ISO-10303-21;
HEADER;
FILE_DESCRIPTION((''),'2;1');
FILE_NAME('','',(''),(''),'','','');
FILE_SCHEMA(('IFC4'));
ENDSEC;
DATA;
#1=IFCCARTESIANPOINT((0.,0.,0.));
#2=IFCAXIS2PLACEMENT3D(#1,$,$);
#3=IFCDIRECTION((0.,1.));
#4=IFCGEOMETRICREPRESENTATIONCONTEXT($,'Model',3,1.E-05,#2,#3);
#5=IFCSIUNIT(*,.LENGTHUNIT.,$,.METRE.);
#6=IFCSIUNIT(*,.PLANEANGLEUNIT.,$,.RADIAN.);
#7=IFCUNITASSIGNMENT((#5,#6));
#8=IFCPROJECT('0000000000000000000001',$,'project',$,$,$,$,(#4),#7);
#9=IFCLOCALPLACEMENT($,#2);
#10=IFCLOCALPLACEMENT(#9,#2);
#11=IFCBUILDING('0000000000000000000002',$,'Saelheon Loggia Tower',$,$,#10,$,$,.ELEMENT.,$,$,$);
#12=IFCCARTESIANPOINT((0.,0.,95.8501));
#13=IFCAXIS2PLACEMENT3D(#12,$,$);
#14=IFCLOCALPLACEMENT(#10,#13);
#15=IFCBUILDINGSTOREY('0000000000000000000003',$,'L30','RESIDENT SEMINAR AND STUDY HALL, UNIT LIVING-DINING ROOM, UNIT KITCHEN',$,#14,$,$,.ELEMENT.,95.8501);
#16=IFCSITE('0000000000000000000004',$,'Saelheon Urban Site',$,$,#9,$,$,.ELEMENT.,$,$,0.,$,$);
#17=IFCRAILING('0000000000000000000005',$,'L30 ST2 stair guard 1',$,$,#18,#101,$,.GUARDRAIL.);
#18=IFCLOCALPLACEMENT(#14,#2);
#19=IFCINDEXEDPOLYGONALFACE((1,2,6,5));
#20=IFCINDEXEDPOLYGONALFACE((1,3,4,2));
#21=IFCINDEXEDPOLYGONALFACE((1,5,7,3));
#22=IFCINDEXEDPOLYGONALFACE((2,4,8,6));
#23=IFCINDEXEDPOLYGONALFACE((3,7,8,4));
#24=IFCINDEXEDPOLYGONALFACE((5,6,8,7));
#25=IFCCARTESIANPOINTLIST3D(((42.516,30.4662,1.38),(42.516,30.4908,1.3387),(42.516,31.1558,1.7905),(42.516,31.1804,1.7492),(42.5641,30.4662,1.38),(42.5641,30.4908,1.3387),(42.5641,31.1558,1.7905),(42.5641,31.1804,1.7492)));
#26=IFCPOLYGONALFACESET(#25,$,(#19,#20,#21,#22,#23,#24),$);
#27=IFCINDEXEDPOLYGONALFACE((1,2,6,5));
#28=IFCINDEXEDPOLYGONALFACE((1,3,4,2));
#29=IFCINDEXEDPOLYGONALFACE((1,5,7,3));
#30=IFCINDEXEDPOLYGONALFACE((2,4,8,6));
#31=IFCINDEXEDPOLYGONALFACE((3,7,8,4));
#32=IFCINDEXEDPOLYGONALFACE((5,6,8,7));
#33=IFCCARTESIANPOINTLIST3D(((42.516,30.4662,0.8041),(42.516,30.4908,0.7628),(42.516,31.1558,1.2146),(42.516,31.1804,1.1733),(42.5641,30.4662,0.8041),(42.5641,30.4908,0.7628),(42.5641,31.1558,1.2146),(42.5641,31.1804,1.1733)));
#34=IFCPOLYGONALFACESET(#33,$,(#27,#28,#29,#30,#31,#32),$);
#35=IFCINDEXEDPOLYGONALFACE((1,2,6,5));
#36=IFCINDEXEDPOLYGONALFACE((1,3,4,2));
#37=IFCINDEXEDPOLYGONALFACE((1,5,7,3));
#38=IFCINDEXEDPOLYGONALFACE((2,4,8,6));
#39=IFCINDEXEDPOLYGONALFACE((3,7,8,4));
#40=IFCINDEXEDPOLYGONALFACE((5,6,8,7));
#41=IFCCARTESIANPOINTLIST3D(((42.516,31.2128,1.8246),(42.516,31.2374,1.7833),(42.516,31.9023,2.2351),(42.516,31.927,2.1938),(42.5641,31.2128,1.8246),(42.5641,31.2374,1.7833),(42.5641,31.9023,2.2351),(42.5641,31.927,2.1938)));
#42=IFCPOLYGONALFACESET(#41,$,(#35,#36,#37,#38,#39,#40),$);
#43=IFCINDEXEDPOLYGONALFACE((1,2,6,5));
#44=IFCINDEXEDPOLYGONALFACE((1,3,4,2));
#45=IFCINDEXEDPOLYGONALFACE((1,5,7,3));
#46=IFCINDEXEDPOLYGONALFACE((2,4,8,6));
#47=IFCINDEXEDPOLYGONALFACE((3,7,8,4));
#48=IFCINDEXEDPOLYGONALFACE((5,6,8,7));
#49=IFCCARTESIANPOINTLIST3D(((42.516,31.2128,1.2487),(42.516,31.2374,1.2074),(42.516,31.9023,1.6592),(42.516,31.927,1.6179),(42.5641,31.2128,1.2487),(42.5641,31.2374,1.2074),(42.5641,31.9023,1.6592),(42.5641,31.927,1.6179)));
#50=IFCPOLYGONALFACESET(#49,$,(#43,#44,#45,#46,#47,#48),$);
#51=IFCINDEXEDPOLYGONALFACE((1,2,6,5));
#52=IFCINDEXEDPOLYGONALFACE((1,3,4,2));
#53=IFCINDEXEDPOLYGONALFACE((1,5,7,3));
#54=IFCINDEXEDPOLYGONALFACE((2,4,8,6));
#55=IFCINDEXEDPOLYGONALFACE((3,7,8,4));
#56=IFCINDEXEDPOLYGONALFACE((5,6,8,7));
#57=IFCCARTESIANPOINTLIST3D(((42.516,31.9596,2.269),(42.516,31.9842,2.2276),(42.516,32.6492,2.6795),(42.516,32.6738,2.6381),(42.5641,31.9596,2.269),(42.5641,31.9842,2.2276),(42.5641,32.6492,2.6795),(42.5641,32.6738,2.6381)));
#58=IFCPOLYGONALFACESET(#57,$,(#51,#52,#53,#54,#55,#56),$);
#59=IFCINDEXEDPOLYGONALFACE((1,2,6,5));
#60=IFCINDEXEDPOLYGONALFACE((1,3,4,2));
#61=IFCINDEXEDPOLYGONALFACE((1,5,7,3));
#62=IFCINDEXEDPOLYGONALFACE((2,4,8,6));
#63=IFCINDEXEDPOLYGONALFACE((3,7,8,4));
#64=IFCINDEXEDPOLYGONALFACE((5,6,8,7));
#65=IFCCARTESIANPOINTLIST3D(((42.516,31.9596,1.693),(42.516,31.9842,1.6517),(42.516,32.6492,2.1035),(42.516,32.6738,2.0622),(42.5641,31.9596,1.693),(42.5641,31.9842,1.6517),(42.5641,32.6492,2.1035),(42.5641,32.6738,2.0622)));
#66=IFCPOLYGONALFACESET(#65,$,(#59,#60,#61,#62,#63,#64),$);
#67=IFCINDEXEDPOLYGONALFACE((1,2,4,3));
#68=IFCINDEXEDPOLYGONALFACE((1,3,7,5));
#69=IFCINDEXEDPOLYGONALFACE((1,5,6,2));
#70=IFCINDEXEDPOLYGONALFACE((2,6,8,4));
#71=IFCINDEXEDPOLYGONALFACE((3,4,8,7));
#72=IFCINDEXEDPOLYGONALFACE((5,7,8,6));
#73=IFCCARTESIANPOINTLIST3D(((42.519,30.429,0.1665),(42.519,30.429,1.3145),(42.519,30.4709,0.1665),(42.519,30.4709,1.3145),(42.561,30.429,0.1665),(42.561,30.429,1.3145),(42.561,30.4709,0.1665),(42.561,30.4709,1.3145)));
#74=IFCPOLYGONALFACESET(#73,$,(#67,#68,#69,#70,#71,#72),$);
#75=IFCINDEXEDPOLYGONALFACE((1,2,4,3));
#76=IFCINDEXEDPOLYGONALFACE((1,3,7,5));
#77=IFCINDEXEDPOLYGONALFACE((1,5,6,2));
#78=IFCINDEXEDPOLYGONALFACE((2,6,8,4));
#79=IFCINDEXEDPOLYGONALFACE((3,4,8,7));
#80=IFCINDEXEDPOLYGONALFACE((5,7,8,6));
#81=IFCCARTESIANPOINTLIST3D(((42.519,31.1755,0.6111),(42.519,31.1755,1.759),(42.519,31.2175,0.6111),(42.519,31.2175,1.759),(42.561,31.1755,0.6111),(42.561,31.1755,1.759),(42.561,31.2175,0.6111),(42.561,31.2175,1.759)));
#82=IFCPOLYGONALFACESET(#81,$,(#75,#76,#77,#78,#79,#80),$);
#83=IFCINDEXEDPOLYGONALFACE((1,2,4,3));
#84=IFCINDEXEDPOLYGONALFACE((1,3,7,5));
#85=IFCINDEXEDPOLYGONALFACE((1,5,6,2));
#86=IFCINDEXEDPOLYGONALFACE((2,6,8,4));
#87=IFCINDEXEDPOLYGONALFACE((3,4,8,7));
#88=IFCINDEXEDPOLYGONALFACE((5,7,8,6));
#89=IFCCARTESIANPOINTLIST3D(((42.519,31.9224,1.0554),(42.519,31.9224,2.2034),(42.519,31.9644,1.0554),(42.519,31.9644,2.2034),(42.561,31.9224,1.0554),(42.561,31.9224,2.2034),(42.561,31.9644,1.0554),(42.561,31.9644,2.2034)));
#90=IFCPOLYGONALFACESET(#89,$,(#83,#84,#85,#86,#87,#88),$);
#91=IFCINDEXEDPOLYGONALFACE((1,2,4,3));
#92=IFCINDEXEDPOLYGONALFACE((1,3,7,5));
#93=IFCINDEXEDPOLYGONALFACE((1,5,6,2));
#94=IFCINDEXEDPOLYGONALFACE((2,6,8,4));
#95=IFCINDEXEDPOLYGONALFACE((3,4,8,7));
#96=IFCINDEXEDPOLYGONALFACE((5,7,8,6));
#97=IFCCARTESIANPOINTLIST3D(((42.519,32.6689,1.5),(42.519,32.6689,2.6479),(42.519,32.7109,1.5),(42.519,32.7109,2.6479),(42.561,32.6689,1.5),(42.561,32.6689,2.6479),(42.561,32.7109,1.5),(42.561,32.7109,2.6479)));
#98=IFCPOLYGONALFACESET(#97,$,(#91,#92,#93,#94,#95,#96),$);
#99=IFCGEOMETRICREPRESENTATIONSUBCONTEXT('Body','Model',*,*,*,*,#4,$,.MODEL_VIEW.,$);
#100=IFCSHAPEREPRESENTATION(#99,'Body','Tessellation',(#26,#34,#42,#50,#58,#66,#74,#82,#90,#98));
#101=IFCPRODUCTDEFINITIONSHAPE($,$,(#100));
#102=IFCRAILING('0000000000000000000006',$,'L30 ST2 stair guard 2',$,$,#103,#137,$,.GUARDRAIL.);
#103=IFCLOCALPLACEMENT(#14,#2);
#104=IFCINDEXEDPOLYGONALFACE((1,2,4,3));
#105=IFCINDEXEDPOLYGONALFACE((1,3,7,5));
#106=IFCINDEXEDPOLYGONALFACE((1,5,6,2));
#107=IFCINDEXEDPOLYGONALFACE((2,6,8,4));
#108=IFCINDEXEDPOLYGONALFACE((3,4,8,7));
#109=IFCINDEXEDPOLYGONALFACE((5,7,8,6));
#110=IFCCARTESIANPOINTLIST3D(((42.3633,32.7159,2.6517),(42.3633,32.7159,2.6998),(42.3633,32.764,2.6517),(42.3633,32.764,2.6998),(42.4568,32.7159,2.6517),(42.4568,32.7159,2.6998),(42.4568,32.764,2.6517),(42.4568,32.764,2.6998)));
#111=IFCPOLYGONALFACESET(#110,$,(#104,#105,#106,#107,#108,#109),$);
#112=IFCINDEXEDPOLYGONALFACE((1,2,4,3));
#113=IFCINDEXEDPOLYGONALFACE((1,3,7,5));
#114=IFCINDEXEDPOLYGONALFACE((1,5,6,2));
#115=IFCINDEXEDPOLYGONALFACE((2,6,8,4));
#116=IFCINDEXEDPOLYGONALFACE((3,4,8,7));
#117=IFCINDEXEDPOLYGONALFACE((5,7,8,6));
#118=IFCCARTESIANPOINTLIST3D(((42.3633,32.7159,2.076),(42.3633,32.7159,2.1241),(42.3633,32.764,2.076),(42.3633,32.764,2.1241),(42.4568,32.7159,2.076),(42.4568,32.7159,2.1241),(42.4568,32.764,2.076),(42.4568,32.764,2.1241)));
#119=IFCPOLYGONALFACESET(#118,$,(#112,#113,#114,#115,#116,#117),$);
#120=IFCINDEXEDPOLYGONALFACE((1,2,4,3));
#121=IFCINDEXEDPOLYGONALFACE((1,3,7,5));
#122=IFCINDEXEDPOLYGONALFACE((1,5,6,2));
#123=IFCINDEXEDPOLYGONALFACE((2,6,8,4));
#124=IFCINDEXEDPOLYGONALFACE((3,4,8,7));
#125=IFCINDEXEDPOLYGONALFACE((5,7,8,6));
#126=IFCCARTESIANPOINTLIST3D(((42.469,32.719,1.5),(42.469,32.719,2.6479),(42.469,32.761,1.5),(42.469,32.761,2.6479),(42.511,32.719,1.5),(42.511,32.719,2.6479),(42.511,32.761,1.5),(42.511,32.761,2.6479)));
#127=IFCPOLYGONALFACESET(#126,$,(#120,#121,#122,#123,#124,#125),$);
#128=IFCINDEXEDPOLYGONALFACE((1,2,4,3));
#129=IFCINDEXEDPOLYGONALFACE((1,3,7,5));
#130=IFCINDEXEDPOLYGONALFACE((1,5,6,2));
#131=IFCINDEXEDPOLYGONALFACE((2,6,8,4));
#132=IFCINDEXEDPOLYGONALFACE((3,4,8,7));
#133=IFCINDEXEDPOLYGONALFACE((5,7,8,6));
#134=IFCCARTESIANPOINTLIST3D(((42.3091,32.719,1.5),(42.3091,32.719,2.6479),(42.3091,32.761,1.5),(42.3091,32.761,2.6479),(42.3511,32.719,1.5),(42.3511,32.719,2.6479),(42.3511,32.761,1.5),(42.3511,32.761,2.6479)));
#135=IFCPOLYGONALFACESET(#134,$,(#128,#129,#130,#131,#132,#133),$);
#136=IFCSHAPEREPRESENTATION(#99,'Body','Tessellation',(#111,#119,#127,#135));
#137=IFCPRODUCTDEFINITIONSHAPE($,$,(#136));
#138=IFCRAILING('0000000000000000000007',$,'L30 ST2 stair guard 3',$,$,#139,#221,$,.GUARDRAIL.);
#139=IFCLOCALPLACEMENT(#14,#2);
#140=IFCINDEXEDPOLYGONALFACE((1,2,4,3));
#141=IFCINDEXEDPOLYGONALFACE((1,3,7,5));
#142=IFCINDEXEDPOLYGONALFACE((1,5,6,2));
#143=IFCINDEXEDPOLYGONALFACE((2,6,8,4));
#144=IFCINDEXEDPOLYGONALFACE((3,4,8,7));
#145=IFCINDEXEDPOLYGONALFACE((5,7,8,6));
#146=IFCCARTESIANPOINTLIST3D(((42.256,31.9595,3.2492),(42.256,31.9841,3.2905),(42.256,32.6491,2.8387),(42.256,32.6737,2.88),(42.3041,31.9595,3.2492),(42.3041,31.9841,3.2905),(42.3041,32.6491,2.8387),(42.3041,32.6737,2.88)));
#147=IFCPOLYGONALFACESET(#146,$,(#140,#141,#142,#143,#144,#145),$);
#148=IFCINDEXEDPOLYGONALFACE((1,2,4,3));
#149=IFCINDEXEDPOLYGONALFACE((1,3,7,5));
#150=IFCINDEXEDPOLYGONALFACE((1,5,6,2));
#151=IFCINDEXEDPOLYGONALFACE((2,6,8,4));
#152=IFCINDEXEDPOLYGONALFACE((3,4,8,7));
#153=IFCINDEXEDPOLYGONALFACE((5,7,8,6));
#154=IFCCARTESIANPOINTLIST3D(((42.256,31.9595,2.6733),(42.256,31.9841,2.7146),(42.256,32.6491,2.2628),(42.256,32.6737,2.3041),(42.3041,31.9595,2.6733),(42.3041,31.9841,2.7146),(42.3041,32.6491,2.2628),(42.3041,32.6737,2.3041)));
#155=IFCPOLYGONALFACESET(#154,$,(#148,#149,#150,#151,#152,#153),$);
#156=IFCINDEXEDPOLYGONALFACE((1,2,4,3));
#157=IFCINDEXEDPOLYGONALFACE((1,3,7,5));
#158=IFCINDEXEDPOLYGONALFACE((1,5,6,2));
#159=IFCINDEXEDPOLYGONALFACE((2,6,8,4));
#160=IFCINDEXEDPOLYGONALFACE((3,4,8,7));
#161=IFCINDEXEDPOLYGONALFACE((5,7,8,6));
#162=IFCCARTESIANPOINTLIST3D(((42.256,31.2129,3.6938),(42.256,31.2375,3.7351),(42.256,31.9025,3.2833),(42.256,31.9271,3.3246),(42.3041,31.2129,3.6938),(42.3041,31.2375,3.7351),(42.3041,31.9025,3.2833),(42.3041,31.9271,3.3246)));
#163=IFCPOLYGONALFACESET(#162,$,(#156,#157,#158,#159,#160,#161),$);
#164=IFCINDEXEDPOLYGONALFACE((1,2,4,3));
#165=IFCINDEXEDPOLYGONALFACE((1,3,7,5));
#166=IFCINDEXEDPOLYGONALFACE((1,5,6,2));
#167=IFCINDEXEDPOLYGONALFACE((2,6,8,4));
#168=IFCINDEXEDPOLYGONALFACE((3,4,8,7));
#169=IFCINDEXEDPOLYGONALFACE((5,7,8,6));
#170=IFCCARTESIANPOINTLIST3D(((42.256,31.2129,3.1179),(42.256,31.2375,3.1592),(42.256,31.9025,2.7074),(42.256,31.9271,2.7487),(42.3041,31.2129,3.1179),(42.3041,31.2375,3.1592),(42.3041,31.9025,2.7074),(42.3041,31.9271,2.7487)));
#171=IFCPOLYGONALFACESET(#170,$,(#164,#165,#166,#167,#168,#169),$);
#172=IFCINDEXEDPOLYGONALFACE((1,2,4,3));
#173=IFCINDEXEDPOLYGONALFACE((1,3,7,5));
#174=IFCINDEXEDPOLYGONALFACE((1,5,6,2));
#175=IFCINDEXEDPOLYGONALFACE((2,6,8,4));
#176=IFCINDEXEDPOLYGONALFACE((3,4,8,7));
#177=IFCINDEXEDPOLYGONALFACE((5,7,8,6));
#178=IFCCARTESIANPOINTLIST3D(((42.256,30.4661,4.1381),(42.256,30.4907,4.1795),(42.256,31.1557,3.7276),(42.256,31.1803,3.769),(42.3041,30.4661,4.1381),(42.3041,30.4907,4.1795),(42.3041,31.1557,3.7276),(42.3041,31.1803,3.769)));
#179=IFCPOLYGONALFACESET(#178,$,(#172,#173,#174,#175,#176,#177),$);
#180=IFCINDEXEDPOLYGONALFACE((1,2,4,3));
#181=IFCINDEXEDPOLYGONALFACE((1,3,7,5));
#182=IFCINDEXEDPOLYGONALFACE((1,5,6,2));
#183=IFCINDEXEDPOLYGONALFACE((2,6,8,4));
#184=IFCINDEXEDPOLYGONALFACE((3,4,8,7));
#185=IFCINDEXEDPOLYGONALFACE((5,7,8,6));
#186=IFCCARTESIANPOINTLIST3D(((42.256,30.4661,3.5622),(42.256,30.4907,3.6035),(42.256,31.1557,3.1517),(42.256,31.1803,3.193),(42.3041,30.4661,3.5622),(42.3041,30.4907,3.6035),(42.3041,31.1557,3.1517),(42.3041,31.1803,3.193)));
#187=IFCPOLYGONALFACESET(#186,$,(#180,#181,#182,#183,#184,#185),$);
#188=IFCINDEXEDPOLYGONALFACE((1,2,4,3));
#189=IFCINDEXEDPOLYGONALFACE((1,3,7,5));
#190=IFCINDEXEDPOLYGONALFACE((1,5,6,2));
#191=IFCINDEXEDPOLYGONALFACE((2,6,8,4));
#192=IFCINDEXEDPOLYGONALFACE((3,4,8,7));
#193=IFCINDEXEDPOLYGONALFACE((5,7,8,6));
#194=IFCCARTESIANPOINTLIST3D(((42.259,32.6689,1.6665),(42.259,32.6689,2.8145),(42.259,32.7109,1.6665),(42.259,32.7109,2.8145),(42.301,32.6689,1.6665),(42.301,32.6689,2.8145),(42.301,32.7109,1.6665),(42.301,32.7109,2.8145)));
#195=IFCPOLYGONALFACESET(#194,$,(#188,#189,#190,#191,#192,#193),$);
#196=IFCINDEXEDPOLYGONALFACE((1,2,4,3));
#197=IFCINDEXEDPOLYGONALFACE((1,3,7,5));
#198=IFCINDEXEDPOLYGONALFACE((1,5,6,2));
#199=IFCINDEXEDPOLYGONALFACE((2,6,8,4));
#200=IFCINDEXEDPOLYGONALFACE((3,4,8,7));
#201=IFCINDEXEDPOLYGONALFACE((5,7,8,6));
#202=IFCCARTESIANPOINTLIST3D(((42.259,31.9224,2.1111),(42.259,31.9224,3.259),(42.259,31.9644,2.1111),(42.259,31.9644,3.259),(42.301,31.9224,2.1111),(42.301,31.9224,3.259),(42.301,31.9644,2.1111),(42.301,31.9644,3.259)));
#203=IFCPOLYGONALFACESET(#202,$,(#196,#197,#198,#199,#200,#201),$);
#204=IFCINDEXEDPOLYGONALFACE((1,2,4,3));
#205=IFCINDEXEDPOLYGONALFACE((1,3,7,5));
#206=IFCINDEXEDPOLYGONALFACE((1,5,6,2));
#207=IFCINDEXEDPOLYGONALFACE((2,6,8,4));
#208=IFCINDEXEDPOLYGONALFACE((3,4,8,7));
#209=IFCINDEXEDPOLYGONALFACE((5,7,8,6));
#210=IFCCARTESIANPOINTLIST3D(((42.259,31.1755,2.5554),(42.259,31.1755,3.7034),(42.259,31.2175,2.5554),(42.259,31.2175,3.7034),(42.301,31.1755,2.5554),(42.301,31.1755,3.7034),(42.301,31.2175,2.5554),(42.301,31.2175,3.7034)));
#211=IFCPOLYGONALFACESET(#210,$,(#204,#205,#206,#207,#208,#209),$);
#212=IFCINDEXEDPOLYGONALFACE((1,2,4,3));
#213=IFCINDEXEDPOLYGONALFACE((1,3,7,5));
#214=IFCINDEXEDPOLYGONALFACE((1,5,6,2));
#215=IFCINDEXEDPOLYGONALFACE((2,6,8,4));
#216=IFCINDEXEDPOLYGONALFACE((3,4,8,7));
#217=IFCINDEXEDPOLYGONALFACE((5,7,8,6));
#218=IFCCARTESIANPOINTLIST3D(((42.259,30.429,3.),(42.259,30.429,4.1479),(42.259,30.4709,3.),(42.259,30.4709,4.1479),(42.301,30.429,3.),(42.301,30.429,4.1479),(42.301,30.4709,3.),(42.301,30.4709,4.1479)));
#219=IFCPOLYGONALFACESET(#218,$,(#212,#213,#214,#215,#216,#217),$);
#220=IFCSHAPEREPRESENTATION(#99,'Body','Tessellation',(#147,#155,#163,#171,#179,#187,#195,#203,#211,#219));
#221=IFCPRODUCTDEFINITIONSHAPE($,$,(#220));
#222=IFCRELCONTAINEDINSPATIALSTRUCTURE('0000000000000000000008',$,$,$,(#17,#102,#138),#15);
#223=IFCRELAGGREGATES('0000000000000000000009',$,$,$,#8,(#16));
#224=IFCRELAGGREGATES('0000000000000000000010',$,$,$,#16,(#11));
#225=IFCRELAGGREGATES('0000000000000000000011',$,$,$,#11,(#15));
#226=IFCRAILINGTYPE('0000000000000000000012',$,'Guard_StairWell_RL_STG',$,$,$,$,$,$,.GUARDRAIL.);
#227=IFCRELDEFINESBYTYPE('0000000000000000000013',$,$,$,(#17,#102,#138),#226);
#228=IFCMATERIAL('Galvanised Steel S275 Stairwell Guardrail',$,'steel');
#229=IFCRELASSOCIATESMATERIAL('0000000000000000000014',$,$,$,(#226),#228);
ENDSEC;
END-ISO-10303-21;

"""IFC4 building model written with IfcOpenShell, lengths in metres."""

from ifc_helpers import new_model, si_unit, direction, frame, origin, origin_2d, place, context, subcontext, project, spatial, rectangle, extrude, material, type_object, element, save


model = new_model("IFC4")

# Units and contexts
model_context = context("Model", 3, precision=1e-05, world=origin(), true_north=direction((0.0, 1.0)))
body_context = subcontext(model_context, "Body", "Model", "MODEL_VIEW")
ifc_project = project(units=[si_unit("LENGTHUNIT", "METRE"), si_unit("PLANEANGLEUNIT", "RADIAN")], contexts=[model_context])

# Site, building, storey
site_placement = place(None, origin())
site = spatial("IfcSite", under=ifc_project, at=site_placement, Name="Saelheon Urban Site", CompositionType="ELEMENT", RefElevation=0.0)
building_placement = place(site_placement, origin())
building = spatial("IfcBuilding", under=site, at=building_placement, Name="Saelheon Loggia Tower", CompositionType="ELEMENT")
storey_placement = place(building_placement, frame((0.0, 0.0, 95.8501)))
storey = spatial("IfcBuildingStorey", under=building, at=storey_placement, Name="L30", Description="RESIDENT SEMINAR AND STUDY HALL, UNIT LIVING-DINING ROOM, UNIT KITCHEN", CompositionType="ELEMENT", Elevation=95.8501)

# Railings
ifc_material_1 = material(Name="Galvanised Steel S275 Stairwell Guardrail", Category="steel")
railing_type_1 = type_object("IfcRailingType", Name="Guard_StairWell_RL_STG", PredefinedType="GUARDRAIL", material=ifc_material_1)
railing_1_placement = place(storey_placement, frame((42.54, 30.45, 0.1665)))
element("IfcRailing", 1, at=railing_1_placement, inside=storey, type_object=railing_type_1, Name="L30 ST2 stair guard 1", PredefinedType="GUARDRAIL", context=body_context, shape_type="SweptSolid", body=[
    extrude(rectangle(XDim=0.0481, YDim=0.0481, at=origin_2d()), frame((0.0, 0.0286, 1.1929), z_axis=(0.0, 0.859264, 0.511532), x_axis=(-1.0, 0.0, 0.0)), (0.0, 0.0, 1.0), 0.8025),
    extrude(rectangle(XDim=0.0481, YDim=0.0481, at=origin_2d()), frame((0.0, 0.0286, 0.6169), z_axis=(0.0, 0.859264, 0.511532), x_axis=(-1.0, 0.0, 0.0)), (0.0, 0.0, 1.0), 0.8025),
    extrude(rectangle(XDim=0.0481, YDim=0.0481, at=origin_2d()), frame((0.0, 0.7751, 1.6375), z_axis=(0.0, 0.859264, 0.511532), x_axis=(-1.0, 0.0, 0.0)), (0.0, 0.0, 1.0), 0.8025),
    extrude(rectangle(XDim=0.0481, YDim=0.0481, at=origin_2d()), frame((0.0, 0.7751, 1.0615), z_axis=(0.0, 0.859264, 0.511532), x_axis=(-1.0, 0.0, 0.0)), (0.0, 0.0, 1.0), 0.8025),
    extrude(rectangle(XDim=0.0481, YDim=0.0481, at=origin_2d()), frame((0.0, 1.522, 2.0818), z_axis=(0.0, 0.859264, 0.511532), x_axis=(-1.0, 0.0, 0.0)), (0.0, 0.0, 1.0), 0.8025),
    extrude(rectangle(XDim=0.0481, YDim=0.0481, at=origin_2d()), frame((0.0, 1.522, 1.5059), z_axis=(0.0, 0.859264, 0.511532), x_axis=(-1.0, 0.0, 0.0)), (0.0, 0.0, 1.0), 0.8025),
    extrude(rectangle(XDim=0.042, YDim=0.042, at=origin_2d()), origin(), (0.0, 0.0, 1.0), 1.1479),
    extrude(rectangle(XDim=0.042, YDim=0.042, at=origin_2d()), frame((0.0, 0.7466, 0.4446)), (0.0, 0.0, 1.0), 1.1479),
    extrude(rectangle(XDim=0.042, YDim=0.042, at=origin_2d()), frame((0.0, 1.4934, 0.8889)), (0.0, 0.0, 1.0), 1.1479),
    extrude(rectangle(XDim=0.042, YDim=0.042, at=origin_2d()), frame((0.0, 2.24, 1.3335)), (0.0, 0.0, 1.0), 1.1479),
])
railing_2_placement = place(storey_placement, frame((42.49, 32.74, 1.5)))
element("IfcRailing", 2, at=railing_2_placement, inside=storey, type_object=railing_type_1, Name="L30 ST2 stair guard 2", PredefinedType="GUARDRAIL", context=body_context, shape_type="SweptSolid", body=[
    extrude(rectangle(XDim=0.0481, YDim=0.0481, at=origin_2d()), frame((-0.0332, 0.0, 1.1758), z_axis=(-1.0, 0.0, 0.0), x_axis=(0.0, -1.0, 0.0)), (0.0, 0.0, 1.0), 0.0935),
    extrude(rectangle(XDim=0.0481, YDim=0.0481, at=origin_2d()), frame((-0.0332, 0.0, 0.6001), z_axis=(-1.0, 0.0, 0.0), x_axis=(0.0, -1.0, 0.0)), (0.0, 0.0, 1.0), 0.0935),
    extrude(rectangle(XDim=0.042, YDim=0.042, at=origin_2d()), origin(), (0.0, 0.0, 1.0), 1.1479),
    extrude(rectangle(XDim=0.042, YDim=0.042, at=origin_2d()), frame((-0.1599, 0.0, 0.0)), (0.0, 0.0, 1.0), 1.1479),
])
railing_3_placement = place(storey_placement, frame((42.28, 32.6899, 1.6665)))
element("IfcRailing", 3, at=railing_3_placement, inside=storey, type_object=railing_type_1, Name="L30 ST2 stair guard 3", PredefinedType="GUARDRAIL", context=body_context, shape_type="SweptSolid", body=[
    extrude(rectangle(XDim=0.0481, YDim=0.0481, at=origin_2d()), frame((0.0, -0.0286, 1.1929), z_axis=(0.0, -0.859264, 0.511532), x_axis=(1.0, 0.0, 0.0)), (0.0, 0.0, 1.0), 0.8025),
    extrude(rectangle(XDim=0.0481, YDim=0.0481, at=origin_2d()), frame((0.0, -0.0286, 0.6169), z_axis=(0.0, -0.859264, 0.511532), x_axis=(1.0, 0.0, 0.0)), (0.0, 0.0, 1.0), 0.8025),
    extrude(rectangle(XDim=0.0481, YDim=0.0481, at=origin_2d()), frame((0.0, -0.7751, 1.6375), z_axis=(0.0, -0.859264, 0.511532), x_axis=(1.0, 0.0, 0.0)), (0.0, 0.0, 1.0), 0.8025),
    extrude(rectangle(XDim=0.0481, YDim=0.0481, at=origin_2d()), frame((0.0, -0.7751, 1.0615), z_axis=(0.0, -0.859264, 0.511532), x_axis=(1.0, 0.0, 0.0)), (0.0, 0.0, 1.0), 0.8025),
    extrude(rectangle(XDim=0.0481, YDim=0.0481, at=origin_2d()), frame((0.0, -1.522, 2.0818), z_axis=(0.0, -0.859264, 0.511532), x_axis=(1.0, 0.0, 0.0)), (0.0, 0.0, 1.0), 0.8025),
    extrude(rectangle(XDim=0.0481, YDim=0.0481, at=origin_2d()), frame((0.0, -1.522, 1.5059), z_axis=(0.0, -0.859264, 0.511532), x_axis=(1.0, 0.0, 0.0)), (0.0, 0.0, 1.0), 0.8025),
    extrude(rectangle(XDim=0.042, YDim=0.042, at=origin_2d()), origin(), (0.0, 0.0, 1.0), 1.1479),
    extrude(rectangle(XDim=0.042, YDim=0.042, at=origin_2d()), frame((0.0, -0.7466, 0.4446)), (0.0, 0.0, 1.0), 1.1479),
    extrude(rectangle(XDim=0.042, YDim=0.042, at=origin_2d()), frame((0.0, -1.4934, 0.8889)), (0.0, 0.0, 1.0), 1.1479),
    extrude(rectangle(XDim=0.042, YDim=0.042, at=origin_2d()), frame((0.0, -2.24, 1.3335)), (0.0, 0.0, 1.0), 1.1479),
])

save(model, "model.ifc")
